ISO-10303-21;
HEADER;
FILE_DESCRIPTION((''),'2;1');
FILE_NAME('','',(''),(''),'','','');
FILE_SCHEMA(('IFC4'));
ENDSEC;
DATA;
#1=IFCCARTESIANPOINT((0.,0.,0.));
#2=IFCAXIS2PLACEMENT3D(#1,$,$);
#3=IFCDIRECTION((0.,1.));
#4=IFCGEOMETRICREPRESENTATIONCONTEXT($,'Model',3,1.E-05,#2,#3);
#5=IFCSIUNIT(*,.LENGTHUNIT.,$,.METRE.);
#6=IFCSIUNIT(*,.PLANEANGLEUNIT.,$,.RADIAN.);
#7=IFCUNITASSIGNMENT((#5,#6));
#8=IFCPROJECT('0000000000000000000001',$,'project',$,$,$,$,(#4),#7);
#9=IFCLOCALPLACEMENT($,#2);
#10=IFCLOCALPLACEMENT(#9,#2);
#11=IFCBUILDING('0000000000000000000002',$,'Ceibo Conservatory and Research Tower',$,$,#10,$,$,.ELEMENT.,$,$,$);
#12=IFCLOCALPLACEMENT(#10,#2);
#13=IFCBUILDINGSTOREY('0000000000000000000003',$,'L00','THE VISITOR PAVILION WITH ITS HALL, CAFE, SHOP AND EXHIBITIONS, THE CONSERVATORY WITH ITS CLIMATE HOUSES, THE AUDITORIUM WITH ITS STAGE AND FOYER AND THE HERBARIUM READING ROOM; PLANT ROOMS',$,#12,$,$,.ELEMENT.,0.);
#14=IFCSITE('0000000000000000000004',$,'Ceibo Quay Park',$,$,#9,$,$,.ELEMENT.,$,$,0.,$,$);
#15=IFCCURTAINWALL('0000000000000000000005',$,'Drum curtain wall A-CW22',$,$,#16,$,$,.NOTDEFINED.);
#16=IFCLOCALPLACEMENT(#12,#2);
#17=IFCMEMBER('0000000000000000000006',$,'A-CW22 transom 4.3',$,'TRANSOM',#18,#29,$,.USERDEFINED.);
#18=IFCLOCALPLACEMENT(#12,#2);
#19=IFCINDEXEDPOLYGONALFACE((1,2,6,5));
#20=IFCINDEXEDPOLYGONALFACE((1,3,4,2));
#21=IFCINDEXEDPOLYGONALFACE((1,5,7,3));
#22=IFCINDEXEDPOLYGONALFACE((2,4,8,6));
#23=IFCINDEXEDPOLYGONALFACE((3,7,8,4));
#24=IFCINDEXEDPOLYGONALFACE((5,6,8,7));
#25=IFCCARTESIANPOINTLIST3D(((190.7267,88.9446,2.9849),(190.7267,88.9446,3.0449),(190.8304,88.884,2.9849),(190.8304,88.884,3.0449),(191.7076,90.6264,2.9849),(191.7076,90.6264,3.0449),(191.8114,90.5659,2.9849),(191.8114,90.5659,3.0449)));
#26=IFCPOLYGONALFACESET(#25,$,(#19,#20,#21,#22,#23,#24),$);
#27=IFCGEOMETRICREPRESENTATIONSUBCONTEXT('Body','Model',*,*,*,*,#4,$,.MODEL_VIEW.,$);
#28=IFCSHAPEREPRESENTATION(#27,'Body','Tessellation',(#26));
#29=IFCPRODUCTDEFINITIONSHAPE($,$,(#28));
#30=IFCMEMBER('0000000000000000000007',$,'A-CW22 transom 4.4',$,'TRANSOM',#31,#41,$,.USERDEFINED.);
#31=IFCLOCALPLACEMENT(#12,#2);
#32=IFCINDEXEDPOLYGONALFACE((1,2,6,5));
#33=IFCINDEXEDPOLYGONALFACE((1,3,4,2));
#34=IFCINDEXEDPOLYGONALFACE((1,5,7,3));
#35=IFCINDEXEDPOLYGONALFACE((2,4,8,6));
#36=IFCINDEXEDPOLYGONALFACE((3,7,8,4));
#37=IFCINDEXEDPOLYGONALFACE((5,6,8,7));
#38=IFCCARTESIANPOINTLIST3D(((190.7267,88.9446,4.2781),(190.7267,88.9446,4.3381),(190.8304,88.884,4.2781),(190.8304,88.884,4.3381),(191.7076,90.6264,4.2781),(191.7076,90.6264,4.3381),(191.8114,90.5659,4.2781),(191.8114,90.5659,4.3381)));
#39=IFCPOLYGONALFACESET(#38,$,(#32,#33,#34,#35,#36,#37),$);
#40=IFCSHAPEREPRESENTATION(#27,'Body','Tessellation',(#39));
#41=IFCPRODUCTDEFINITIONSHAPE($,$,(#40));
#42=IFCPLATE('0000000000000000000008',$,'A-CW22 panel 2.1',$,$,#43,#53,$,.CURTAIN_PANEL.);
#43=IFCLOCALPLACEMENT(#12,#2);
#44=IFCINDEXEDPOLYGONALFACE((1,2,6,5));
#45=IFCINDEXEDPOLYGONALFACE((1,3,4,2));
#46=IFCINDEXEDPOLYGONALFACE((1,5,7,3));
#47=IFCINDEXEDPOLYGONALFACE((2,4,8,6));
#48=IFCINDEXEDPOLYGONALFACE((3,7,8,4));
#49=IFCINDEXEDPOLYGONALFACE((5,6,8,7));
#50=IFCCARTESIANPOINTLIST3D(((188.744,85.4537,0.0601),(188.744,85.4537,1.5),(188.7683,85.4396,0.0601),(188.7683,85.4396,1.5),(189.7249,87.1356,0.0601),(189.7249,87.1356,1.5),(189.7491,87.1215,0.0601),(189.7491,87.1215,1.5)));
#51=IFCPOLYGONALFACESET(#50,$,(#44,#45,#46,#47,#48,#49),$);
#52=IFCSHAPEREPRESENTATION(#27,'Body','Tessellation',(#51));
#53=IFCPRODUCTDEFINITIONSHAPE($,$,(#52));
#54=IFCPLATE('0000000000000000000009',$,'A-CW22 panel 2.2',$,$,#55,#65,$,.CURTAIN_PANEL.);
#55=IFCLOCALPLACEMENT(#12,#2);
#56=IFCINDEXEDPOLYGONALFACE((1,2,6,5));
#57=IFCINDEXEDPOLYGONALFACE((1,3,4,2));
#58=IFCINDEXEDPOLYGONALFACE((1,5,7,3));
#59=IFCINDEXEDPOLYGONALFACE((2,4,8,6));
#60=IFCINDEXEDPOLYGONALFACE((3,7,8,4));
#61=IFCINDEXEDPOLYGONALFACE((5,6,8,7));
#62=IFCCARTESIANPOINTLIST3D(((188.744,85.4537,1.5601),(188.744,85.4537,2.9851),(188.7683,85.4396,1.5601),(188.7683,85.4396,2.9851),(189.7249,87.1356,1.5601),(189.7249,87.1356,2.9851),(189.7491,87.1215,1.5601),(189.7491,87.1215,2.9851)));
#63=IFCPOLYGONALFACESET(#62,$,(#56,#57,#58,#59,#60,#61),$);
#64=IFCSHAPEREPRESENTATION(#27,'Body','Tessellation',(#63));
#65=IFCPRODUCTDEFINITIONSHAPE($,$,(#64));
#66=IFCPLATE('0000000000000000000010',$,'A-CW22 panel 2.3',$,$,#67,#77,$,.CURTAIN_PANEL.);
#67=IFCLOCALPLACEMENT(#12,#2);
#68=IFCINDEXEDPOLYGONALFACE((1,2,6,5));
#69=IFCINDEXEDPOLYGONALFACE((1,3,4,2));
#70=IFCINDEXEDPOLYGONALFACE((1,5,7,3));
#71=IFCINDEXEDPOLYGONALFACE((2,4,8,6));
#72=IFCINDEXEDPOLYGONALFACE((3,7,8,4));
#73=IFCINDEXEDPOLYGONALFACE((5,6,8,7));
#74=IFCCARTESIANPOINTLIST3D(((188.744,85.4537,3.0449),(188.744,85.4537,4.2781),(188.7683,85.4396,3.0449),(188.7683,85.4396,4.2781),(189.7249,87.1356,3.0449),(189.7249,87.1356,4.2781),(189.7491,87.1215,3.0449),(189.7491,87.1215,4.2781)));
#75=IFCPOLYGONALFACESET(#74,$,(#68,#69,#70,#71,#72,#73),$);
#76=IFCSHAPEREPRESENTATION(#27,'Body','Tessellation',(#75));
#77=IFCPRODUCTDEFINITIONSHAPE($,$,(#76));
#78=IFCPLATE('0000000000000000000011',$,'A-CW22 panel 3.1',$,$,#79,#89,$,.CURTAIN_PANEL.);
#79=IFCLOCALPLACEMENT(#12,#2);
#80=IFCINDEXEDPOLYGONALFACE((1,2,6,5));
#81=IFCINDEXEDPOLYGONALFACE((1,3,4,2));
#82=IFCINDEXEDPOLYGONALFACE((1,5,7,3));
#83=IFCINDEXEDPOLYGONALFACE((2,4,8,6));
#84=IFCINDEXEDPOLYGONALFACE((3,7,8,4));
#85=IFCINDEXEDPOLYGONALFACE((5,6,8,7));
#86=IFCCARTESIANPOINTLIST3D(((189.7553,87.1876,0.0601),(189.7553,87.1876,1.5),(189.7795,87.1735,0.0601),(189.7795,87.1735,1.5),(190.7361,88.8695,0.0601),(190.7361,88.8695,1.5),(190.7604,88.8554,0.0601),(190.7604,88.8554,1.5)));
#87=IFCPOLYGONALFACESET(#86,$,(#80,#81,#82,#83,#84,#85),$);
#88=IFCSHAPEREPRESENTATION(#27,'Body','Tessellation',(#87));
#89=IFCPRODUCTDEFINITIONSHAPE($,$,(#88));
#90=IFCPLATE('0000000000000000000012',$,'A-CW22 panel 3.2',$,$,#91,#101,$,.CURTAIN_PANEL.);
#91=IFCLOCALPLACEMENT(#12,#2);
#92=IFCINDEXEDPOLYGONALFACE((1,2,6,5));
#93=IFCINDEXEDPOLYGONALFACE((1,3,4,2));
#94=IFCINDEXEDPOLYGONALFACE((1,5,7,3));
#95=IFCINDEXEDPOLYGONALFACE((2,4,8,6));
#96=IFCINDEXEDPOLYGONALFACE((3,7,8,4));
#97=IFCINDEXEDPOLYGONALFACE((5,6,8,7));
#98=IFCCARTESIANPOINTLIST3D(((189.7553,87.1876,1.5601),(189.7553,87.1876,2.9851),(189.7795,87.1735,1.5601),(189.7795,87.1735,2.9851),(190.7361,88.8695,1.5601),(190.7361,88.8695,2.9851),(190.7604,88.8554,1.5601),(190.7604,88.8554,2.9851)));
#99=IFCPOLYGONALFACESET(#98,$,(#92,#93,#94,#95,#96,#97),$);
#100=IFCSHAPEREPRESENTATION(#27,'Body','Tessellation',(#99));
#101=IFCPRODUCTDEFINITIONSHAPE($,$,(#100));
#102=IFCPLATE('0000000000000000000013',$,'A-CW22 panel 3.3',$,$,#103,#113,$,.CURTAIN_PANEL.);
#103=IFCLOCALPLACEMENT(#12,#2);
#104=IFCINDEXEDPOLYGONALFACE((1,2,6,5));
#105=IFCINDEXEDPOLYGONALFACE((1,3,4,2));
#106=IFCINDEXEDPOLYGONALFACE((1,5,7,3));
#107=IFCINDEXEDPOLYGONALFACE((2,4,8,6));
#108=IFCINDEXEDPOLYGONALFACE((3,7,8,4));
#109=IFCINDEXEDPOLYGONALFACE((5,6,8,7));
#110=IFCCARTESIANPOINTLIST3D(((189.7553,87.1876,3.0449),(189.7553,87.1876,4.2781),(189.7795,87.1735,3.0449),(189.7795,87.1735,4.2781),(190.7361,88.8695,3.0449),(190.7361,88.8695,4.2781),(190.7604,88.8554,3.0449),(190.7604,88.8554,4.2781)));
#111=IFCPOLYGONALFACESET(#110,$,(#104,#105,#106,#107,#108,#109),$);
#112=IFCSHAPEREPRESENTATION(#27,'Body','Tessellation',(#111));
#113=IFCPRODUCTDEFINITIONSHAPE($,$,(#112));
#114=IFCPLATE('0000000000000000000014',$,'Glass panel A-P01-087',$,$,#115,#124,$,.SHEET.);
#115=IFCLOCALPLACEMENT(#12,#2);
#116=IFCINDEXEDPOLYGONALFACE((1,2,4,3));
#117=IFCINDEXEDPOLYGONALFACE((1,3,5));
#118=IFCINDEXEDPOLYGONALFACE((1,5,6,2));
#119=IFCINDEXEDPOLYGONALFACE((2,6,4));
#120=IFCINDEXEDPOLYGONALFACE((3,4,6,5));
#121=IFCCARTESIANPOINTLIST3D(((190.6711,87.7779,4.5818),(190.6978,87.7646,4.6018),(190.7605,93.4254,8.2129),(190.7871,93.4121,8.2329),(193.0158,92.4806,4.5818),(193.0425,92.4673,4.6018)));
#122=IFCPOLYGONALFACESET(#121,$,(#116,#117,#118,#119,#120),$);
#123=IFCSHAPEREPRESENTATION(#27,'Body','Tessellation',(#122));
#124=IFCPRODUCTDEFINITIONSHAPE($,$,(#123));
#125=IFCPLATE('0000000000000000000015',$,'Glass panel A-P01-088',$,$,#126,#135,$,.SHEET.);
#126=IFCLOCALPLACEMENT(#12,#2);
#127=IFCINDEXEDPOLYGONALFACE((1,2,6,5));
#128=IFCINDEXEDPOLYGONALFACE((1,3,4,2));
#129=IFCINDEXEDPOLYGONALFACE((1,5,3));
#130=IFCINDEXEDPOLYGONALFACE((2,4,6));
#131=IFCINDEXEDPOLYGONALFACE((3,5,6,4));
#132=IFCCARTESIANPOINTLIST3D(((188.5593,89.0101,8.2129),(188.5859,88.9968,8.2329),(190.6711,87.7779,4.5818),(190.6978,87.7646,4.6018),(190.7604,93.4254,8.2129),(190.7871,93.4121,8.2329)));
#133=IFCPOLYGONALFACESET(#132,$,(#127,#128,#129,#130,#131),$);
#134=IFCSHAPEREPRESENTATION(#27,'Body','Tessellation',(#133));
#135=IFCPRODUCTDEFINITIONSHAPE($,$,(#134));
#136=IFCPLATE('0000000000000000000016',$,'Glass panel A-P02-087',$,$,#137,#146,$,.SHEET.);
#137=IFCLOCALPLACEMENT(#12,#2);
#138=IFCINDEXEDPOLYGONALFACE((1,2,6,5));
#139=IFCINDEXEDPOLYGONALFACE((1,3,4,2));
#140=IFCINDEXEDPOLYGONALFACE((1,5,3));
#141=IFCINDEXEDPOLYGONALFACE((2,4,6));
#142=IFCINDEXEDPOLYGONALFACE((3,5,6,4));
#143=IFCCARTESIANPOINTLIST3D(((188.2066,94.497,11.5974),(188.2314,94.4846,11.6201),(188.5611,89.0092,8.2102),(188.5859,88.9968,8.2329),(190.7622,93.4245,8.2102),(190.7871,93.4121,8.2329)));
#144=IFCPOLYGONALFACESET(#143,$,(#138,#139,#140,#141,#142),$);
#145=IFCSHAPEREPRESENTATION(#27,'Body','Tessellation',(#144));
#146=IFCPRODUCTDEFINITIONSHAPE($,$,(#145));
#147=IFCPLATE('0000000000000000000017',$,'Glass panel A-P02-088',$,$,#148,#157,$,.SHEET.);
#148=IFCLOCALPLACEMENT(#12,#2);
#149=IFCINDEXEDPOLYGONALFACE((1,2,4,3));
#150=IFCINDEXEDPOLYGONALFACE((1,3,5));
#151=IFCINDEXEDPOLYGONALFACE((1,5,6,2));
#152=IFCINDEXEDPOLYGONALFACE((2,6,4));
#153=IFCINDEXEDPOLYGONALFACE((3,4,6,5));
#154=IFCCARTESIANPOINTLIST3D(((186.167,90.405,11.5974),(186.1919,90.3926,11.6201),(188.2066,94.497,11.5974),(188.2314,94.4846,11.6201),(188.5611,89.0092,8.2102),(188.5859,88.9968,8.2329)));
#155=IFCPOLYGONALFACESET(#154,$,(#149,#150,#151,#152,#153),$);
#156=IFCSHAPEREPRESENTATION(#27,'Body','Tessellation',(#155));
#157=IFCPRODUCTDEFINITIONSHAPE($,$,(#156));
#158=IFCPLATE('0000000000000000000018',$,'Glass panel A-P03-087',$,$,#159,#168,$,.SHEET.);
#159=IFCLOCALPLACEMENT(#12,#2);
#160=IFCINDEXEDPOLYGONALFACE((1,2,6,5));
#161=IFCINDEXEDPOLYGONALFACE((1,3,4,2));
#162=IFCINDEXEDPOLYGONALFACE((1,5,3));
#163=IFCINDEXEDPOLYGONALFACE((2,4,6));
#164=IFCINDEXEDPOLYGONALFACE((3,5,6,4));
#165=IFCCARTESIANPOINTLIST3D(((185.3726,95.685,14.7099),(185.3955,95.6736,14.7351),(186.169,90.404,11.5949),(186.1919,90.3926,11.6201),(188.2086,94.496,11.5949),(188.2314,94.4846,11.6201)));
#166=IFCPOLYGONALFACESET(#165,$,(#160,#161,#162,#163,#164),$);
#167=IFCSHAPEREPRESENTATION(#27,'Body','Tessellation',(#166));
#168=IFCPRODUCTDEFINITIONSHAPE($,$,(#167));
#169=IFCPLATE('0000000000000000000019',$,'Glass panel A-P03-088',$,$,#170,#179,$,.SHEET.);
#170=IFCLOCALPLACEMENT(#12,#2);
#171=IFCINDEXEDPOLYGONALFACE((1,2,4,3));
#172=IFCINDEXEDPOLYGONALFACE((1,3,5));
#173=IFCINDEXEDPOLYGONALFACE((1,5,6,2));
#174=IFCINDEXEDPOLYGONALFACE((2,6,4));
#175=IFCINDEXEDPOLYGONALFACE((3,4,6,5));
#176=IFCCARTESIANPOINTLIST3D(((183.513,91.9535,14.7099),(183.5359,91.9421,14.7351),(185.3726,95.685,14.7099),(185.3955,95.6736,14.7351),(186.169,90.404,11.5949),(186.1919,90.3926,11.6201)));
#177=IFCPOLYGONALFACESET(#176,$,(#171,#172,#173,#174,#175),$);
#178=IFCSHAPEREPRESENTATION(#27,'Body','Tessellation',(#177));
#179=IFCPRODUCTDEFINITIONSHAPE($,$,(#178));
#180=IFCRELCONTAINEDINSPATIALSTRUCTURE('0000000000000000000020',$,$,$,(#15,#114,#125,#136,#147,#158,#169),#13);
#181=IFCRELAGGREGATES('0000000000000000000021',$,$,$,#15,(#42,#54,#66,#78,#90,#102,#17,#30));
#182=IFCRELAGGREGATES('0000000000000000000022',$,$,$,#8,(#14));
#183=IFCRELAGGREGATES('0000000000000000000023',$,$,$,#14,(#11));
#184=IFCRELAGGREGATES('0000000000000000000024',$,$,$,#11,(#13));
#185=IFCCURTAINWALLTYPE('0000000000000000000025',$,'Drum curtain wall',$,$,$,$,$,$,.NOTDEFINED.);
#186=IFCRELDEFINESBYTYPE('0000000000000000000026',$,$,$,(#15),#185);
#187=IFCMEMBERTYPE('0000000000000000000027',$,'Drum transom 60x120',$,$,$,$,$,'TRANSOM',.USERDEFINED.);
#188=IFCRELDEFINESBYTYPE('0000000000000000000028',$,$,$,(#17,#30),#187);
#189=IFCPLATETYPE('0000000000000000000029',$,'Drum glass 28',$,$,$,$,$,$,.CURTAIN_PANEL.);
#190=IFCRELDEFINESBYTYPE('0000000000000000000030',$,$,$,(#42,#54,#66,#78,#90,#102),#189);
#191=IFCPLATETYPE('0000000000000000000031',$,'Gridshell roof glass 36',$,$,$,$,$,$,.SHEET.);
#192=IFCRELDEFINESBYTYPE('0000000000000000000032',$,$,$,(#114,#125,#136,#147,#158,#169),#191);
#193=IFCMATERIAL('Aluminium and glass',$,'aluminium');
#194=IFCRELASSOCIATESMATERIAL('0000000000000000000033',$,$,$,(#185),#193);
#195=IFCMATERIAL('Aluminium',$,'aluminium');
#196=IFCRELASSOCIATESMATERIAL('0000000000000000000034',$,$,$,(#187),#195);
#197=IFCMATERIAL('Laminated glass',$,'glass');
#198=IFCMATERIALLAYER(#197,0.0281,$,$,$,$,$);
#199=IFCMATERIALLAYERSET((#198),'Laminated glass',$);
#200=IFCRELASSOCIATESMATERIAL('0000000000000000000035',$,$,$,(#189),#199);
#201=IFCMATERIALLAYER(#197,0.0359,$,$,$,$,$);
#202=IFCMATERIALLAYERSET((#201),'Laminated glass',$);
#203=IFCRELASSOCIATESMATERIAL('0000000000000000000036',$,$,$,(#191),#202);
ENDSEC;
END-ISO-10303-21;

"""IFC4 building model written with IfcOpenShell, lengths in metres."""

from ifc_helpers import new_model, si_unit, direction, frame, origin, origin_2d, place, context, subcontext, project, spatial, polyline, rectangle, outline, extrude, material, layer, layer_set, material_profile, profile_set, type_object, element, aggregate, save


model = new_model("IFC4")

# Units and contexts
model_context = context("Model", 3, precision=1e-05, world=origin(), true_north=direction((0.0, 1.0)))
body_context = subcontext(model_context, "Body", "Model", "MODEL_VIEW")
ifc_project = project(units=[si_unit("LENGTHUNIT", "METRE"), si_unit("PLANEANGLEUNIT", "RADIAN")], contexts=[model_context])

# Site, building, storey
site_placement = place(None, origin())
site = spatial("IfcSite", under=ifc_project, at=site_placement, Name="Ceibo Quay Park", CompositionType="ELEMENT", RefElevation=0.0)
building_placement = place(site_placement, origin())
building = spatial("IfcBuilding", under=site, at=building_placement, Name="Ceibo Conservatory and Research Tower", CompositionType="ELEMENT")
storey_placement = place(building_placement, origin())
storey = spatial("IfcBuildingStorey", under=building, at=storey_placement, Name="L00", Description="THE VISITOR PAVILION WITH ITS HALL, CAFE, SHOP AND EXHIBITIONS, THE CONSERVATORY WITH ITS CLIMATE HOUSES, THE AUDITORIUM WITH ITS STAGE AND FOYER AND THE HERBARIUM READING ROOM; PLANT ROOMS", CompositionType="ELEMENT", Elevation=0.0)

# Curtain wall, members, plates
ifc_material_1 = material(Name="Aluminium and glass", Category="aluminium")
curtain_wall_type = type_object("IfcCurtainWallType", Name="Drum curtain wall", PredefinedType="NOTDEFINED", material=ifc_material_1)
curtain_wall_placement = place(storey_placement, origin())
curtain_wall = element("IfcCurtainWall", 1, at=curtain_wall_placement, inside=storey, type_object=curtain_wall_type, Name="Drum curtain wall A-CW22", PredefinedType="NOTDEFINED")
ifc_material_2 = material(Name="Aluminium", Category="aluminium")
ifc_material_profile_1 = material_profile(ifc_material_2, rectangle(XDim=0.1201, YDim=0.0601, at=origin_2d()), Name="AL 60x120")
ifc_profile_set_1 = profile_set([ifc_material_profile_1], Name="Aluminium")
member_type_1 = type_object("IfcMemberType", Name="Drum transom 60x120", ElementType="TRANSOM", PredefinedType="USERDEFINED", material=ifc_profile_set_1)
member_1_placement = place(storey_placement, frame((190.7786, 88.9143, 3.0149), z_axis=(0.503816, 0.863811, 0.0), x_axis=(-0.863811, 0.503816, 0.0)))
member_1 = element("IfcMember", 2, at=member_1_placement, type_object=member_type_1, Name="A-CW22 transom 4.3", ObjectType="TRANSOM", PredefinedType="USERDEFINED", context=body_context, shape_type="SweptSolid", body=[
    extrude(rectangle(XDim=0.1201, YDim=0.0601, at=origin_2d()), origin(), (0.0, 0.0, 1.0), 1.947),
])
member_2_placement = place(storey_placement, frame((190.7786, 88.9143, 4.3081), z_axis=(0.503816, 0.863811, 0.0), x_axis=(-0.863811, 0.503816, 0.0)))
member_2 = element("IfcMember", 3, at=member_2_placement, type_object=member_type_1, Name="A-CW22 transom 4.4", ObjectType="TRANSOM", PredefinedType="USERDEFINED", context=body_context, shape_type="SweptSolid", body=[
    extrude(rectangle(XDim=0.1201, YDim=0.0601, at=origin_2d()), origin(), (0.0, 0.0, 1.0), 1.947),
])
ifc_material_3 = material(Name="Laminated glass", Category="glass")
ifc_layer_1 = layer(ifc_material_3, 0.0281)
ifc_layer_set_1 = layer_set([ifc_layer_1], Name="Laminated glass")
plate_type_1 = type_object("IfcPlateType", Name="Drum glass 28", PredefinedType="CURTAIN_PANEL", material=ifc_layer_set_1)
plate_1_placement = place(storey_placement, frame((189.2466, 86.2876, 0.0601), z_axis=(0.0, 0.0, 1.0), x_axis=(0.503774, 0.863836, 0.0)))
plate_1 = element("IfcPlate", 4, at=plate_1_placement, type_object=plate_type_1, Name="A-CW22 panel 2.1", PredefinedType="CURTAIN_PANEL", context=body_context, shape_type="SweptSolid", body=[
    extrude(rectangle(XDim=1.947, YDim=0.0281, at=origin_2d()), origin(), (0.0, 0.0, 1.0), 1.4399),
])
plate_2_placement = place(storey_placement, frame((189.2466, 86.2876, 1.5601), z_axis=(0.0, 0.0, 1.0), x_axis=(0.503774, 0.863836, 0.0)))
plate_2 = element("IfcPlate", 5, at=plate_2_placement, type_object=plate_type_1, Name="A-CW22 panel 2.2", PredefinedType="CURTAIN_PANEL", context=body_context, shape_type="SweptSolid", body=[
    extrude(rectangle(XDim=1.947, YDim=0.0281, at=origin_2d()), origin(), (0.0, 0.0, 1.0), 1.425),
])
plate_3_placement = place(storey_placement, frame((189.2466, 86.2876, 3.0449), z_axis=(0.0, 0.0, 1.0), x_axis=(0.503774, 0.863836, 0.0)))
plate_3 = element("IfcPlate", 6, at=plate_3_placement, type_object=plate_type_1, Name="A-CW22 panel 2.3", PredefinedType="CURTAIN_PANEL", context=body_context, shape_type="SweptSolid", body=[
    extrude(rectangle(XDim=1.947, YDim=0.0281, at=origin_2d()), origin(), (0.0, 0.0, 1.0), 1.2332),
])
plate_4_placement = place(storey_placement, frame((190.2578, 88.0215, 0.0601), z_axis=(0.0, 0.0, 1.0), x_axis=(0.503774, 0.863836, 0.0)))
plate_4 = element("IfcPlate", 7, at=plate_4_placement, type_object=plate_type_1, Name="A-CW22 panel 3.1", PredefinedType="CURTAIN_PANEL", context=body_context, shape_type="SweptSolid", body=[
    extrude(rectangle(XDim=1.947, YDim=0.0281, at=origin_2d()), origin(), (0.0, 0.0, 1.0), 1.4399),
])
plate_5_placement = place(storey_placement, frame((190.2578, 88.0215, 1.5601), z_axis=(0.0, 0.0, 1.0), x_axis=(0.503774, 0.863836, 0.0)))
plate_5 = element("IfcPlate", 8, at=plate_5_placement, type_object=plate_type_1, Name="A-CW22 panel 3.2", PredefinedType="CURTAIN_PANEL", context=body_context, shape_type="SweptSolid", body=[
    extrude(rectangle(XDim=1.947, YDim=0.0281, at=origin_2d()), origin(), (0.0, 0.0, 1.0), 1.425),
])
plate_6_placement = place(storey_placement, frame((190.2578, 88.0215, 3.0449), z_axis=(0.0, 0.0, 1.0), x_axis=(0.503774, 0.863836, 0.0)))
plate_6 = element("IfcPlate", 9, at=plate_6_placement, type_object=plate_type_1, Name="A-CW22 panel 3.3", PredefinedType="CURTAIN_PANEL", context=body_context, shape_type="SweptSolid", body=[
    extrude(rectangle(XDim=1.947, YDim=0.0281, at=origin_2d()), origin(), (0.0, 0.0, 1.0), 1.2332),
])
aggregate(curtain_wall, [plate_1, plate_2, plate_3, plate_4, plate_5, plate_6, member_1, member_2])

# Plates
ifc_layer_2 = layer(ifc_material_3, 0.0359)
ifc_layer_set_2 = layer_set([ifc_layer_2], Name="Laminated glass")
plate_type_2 = type_object("IfcPlateType", Name="Gridshell roof glass 36", PredefinedType="SHEET", material=ifc_layer_set_2)
plate_7_placement = place(storey_placement, frame((190.6978, 87.7646, 4.6018), z_axis=(0.742803, -0.37036, 0.557743), x_axis=(0.44621, 0.894928, 0.0)))
element("IfcPlate", 10, at=plate_7_placement, inside=storey, type_object=plate_type_2, Name="Glass panel A-P01-087", PredefinedType="SHEET", context=body_context, shape_type="SweptSolid", body=[
    extrude(outline(polyline([(0.0, 0.0), (5.2548, 0.0), (5.0939, 4.3748), (0.0, 0.0)])), origin(), (0.0, 0.0, -1.0), 0.0359),
])
plate_8_placement = place(storey_placement, frame((190.6978, 87.7646, 4.6018), z_axis=(0.742846, -0.370335, 0.557702), x_axis=(0.013308, 0.841064, 0.540772)))
element("IfcPlate", 11, at=plate_8_placement, inside=storey, type_object=plate_type_2, Name="Glass panel A-P01-088", PredefinedType="SHEET", context=body_context, shape_type="SweptSolid", body=[
    extrude(outline(polyline([(0.0, 0.0), (6.7147, 0.0), (2.9718, 3.2142), (0.0, 0.0)])), origin(), (0.0, 0.0, -1.0), 0.0359),
])
plate_9_placement = place(storey_placement, frame((188.5859, 88.9968, 8.2329), z_axis=(0.693219, -0.345594, 0.632465), x_axis=(0.446164, 0.894951, 0.0)))
element("IfcPlate", 12, at=plate_9_placement, inside=storey, type_object=plate_type_2, Name="Glass panel A-P02-087", PredefinedType="SHEET", context=body_context, shape_type="SweptSolid", body=[
    extrude(outline(polyline([(0.0, 0.0), (4.9335, 0.0), (4.7531, 4.3729), (0.0, 0.0)])), origin(), (0.0, 0.0, -1.0), 0.0359),
])
plate_10_placement = place(storey_placement, frame((188.5859, 88.9968, 8.2329), z_axis=(0.693296, -0.345552, 0.632404), x_axis=(-0.054886, 0.849676, 0.524442)))
element("IfcPlate", 13, at=plate_10_placement, inside=storey, type_object=plate_type_2, Name="Glass panel A-P02-088", PredefinedType="SHEET", context=body_context, shape_type="SweptSolid", body=[
    extrude(outline(polyline([(0.0, 0.0), (6.4587, 0.0), (3.0937, 3.0954), (0.0, 0.0)])), origin(), (0.0, 0.0, -1.0), 0.0359),
])
plate_11_placement = place(storey_placement, frame((186.1919, 90.3926, 11.6201), z_axis=(0.637594, -0.317789, 0.701773), x_axis=(0.446081, 0.894992, 0.0)))
element("IfcPlate", 14, at=plate_11_placement, inside=storey, type_object=plate_type_2, Name="Glass panel A-P03-087", PredefinedType="SHEET", context=body_context, shape_type="SweptSolid", body=[
    extrude(outline(polyline([(0.0, 0.0), (4.5722, 0.0), (4.3712, 4.3725), (0.0, 0.0)])), origin(), (0.0, 0.0, -1.0), 0.0359),
])
plate_12_placement = place(storey_placement, frame((186.1919, 90.3926, 11.6201), z_axis=(0.637627, -0.317771, 0.70175), x_axis=(-0.128808, 0.854151, 0.503819)))
element("IfcPlate", 15, at=plate_12_placement, inside=storey, type_object=plate_type_2, Name="Glass panel A-P03-088", PredefinedType="SHEET", context=body_context, shape_type="SweptSolid", body=[
    extrude(outline(polyline([(0.0, 0.0), (6.1828, 0.0), (3.2351, 2.9484), (0.0, 0.0)])), origin(), (0.0, 0.0, -1.0), 0.0359),
])

save(model, "model.ifc")
